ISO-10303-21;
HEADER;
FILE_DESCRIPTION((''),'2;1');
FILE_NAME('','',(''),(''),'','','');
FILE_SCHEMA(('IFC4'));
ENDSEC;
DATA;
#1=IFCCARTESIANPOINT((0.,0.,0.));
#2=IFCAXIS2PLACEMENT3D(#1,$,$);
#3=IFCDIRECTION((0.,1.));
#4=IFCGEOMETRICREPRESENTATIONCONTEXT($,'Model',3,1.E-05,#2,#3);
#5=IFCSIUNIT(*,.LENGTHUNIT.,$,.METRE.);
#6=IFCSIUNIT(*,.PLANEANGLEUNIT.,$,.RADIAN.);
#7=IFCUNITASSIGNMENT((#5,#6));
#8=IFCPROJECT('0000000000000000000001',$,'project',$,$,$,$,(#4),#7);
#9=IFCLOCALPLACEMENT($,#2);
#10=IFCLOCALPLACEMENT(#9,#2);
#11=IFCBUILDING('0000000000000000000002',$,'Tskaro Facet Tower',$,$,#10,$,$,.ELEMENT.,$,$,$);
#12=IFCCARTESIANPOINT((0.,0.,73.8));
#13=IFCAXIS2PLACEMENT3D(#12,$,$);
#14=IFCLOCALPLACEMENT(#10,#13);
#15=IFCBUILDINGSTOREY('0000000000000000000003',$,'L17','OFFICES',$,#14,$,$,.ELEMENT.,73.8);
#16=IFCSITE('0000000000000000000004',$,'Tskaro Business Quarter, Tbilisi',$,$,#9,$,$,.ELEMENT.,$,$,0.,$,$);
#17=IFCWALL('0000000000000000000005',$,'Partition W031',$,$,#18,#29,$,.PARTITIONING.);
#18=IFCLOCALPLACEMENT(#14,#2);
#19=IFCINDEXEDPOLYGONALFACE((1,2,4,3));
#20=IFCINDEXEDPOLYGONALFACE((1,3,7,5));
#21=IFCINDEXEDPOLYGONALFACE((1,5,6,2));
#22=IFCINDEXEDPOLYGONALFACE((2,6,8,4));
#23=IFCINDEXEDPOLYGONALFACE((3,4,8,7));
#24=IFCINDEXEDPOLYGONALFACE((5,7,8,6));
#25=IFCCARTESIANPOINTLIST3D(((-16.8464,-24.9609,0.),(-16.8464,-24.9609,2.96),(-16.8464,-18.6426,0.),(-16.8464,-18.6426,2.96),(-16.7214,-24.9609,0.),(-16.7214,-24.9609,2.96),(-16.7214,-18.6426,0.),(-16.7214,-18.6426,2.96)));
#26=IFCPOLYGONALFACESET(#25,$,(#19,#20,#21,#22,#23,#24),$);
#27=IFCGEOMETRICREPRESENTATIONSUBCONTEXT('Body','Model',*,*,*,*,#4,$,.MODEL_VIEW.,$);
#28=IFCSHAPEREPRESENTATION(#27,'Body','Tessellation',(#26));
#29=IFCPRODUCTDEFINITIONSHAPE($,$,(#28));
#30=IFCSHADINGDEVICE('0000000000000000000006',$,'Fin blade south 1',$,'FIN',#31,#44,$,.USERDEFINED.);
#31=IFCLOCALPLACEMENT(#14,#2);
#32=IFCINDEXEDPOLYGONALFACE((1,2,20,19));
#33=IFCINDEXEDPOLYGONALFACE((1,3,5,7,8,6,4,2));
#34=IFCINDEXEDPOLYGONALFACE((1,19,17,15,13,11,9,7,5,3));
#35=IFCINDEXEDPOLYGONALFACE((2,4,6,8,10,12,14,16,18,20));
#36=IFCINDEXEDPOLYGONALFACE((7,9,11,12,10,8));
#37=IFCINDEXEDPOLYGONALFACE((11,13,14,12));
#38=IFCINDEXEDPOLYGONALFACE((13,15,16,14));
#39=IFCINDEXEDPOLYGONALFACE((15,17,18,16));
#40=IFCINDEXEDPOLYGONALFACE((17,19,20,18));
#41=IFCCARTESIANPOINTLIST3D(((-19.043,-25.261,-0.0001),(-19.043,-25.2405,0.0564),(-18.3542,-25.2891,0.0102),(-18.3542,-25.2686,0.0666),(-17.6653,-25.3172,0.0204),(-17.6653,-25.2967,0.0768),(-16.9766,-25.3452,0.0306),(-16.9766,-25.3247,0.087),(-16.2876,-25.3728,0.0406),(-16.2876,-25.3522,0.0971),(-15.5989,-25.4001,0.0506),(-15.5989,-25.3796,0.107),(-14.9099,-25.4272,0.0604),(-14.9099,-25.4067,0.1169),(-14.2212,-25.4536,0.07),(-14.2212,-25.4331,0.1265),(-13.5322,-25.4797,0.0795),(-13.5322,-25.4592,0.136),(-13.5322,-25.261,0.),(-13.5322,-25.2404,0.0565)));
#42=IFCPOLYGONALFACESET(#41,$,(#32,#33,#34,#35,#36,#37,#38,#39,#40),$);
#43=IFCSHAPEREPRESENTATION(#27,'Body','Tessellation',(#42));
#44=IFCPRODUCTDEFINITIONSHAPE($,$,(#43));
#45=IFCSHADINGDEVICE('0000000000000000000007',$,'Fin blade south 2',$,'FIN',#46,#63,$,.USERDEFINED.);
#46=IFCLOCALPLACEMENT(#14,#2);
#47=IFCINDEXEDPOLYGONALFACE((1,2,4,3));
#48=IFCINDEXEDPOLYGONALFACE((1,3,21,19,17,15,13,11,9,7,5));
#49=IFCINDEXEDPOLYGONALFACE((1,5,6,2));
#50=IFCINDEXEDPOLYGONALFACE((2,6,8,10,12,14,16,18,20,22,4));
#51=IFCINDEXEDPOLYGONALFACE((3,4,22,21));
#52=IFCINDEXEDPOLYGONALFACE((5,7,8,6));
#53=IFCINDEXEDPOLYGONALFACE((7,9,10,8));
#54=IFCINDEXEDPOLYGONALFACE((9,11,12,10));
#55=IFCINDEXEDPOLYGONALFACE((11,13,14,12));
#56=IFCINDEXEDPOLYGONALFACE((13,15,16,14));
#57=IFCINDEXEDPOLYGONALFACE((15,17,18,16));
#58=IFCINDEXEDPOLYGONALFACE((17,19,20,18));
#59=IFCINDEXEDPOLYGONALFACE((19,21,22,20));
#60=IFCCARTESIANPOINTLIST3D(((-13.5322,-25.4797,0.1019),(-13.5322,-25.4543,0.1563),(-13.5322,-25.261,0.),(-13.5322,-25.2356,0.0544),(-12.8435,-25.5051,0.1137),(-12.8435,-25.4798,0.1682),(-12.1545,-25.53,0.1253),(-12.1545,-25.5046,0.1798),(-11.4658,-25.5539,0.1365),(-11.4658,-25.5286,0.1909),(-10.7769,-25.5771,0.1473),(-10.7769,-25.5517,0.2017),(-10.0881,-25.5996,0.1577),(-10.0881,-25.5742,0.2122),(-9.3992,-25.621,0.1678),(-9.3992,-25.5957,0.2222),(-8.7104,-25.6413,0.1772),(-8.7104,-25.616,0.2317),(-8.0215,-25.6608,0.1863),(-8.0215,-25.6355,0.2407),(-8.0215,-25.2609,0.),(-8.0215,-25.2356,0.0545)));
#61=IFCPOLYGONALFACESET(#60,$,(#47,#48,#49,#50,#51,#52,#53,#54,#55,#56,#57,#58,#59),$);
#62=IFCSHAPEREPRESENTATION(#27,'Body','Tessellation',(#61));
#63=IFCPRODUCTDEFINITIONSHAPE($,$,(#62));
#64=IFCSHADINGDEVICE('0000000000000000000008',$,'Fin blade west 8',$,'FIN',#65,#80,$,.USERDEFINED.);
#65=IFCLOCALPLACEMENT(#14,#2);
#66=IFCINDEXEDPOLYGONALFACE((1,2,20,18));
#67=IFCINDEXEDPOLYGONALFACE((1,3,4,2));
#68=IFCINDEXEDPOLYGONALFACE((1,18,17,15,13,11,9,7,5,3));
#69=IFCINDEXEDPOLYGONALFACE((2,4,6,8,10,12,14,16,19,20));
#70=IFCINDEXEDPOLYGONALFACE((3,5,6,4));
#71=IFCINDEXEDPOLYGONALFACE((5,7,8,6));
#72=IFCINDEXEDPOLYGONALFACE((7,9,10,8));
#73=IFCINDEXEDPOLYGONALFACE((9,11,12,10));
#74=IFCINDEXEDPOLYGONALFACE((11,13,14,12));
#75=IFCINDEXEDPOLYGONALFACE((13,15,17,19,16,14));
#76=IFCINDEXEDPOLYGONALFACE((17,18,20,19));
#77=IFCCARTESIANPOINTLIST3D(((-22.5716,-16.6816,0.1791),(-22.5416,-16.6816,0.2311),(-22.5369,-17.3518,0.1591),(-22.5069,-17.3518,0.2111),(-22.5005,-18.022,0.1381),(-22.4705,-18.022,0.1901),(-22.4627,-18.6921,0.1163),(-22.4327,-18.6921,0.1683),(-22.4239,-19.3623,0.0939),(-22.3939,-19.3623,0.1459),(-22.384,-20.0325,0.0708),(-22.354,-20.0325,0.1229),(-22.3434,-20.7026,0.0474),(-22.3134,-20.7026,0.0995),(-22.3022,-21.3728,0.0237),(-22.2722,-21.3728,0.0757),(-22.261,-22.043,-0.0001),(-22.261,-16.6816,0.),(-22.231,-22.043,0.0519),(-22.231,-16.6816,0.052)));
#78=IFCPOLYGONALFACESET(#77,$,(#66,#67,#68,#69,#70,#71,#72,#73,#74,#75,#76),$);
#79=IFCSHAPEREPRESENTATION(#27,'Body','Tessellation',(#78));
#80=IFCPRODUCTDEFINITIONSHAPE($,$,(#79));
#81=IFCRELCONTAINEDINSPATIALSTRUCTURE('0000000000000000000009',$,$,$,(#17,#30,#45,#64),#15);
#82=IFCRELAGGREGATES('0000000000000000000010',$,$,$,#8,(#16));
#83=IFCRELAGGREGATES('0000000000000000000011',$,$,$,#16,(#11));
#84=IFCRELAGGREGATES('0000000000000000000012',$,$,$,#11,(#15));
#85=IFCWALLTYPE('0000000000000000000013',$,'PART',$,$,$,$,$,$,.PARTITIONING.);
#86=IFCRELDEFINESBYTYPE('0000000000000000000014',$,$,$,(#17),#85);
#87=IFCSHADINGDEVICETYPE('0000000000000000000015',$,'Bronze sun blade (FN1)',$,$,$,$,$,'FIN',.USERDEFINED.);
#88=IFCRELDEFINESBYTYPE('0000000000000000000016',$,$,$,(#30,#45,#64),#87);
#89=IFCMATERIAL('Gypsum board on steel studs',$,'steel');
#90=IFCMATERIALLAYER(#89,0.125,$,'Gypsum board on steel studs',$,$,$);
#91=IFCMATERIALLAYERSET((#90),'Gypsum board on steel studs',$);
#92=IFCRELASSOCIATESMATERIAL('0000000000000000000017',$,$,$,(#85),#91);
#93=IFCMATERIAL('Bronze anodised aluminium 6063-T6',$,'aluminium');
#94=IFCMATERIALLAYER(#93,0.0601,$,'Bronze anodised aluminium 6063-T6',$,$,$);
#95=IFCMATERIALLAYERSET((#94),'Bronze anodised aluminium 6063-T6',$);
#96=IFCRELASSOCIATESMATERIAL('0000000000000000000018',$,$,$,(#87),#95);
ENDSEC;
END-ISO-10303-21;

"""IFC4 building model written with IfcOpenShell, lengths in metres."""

from ifc_helpers import new_model, si_unit, direction, frame, frame_2d, origin, place, context, subcontext, project, spatial, polyline, rectangle, outline, extrude, material, layer, layer_set, type_object, element, save


model = new_model("IFC4")

# Units and contexts
model_context = context("Model", 3, precision=1e-05, world=origin(), true_north=direction((0.0, 1.0)))
body_context = subcontext(model_context, "Body", "Model", "MODEL_VIEW")
ifc_project = project(units=[si_unit("LENGTHUNIT", "METRE"), si_unit("PLANEANGLEUNIT", "RADIAN")], contexts=[model_context])

# Site, building, storey
site_placement = place(None, origin())
site = spatial("IfcSite", under=ifc_project, at=site_placement, Name="Tskaro Business Quarter, Tbilisi", CompositionType="ELEMENT", RefElevation=0.0)
building_placement = place(site_placement, origin())
building = spatial("IfcBuilding", under=site, at=building_placement, Name="Tskaro Facet Tower", CompositionType="ELEMENT")
storey_placement = place(building_placement, frame((0.0, 0.0, 73.8)))
storey = spatial("IfcBuildingStorey", under=building, at=storey_placement, Name="L17", Description="OFFICES", CompositionType="ELEMENT", Elevation=73.8)

# Shared definitions
ifc_material_1 = material(Name="Bronze anodised aluminium 6063-T6", Category="aluminium")

# Wall
ifc_material_2 = material(Name="Gypsum board on steel studs", Category="steel")
ifc_layer_1 = layer(ifc_material_2, 0.125, Name="Gypsum board on steel studs")
ifc_layer_set_1 = layer_set([ifc_layer_1], Name="Gypsum board on steel studs")
wall_type = type_object("IfcWallType", Name="PART", PredefinedType="PARTITIONING", material=ifc_layer_set_1)
wall_placement = place(storey_placement, frame((-16.7839, -24.9609, 0.0), z_axis=(0.0, 0.0, 1.0), x_axis=(0.0, 1.0, 0.0)))
element("IfcWall", 1, at=wall_placement, inside=storey, type_object=wall_type, Name="Partition W031", PredefinedType="PARTITIONING", context=body_context, shape_type="SweptSolid", body=[
    extrude(rectangle(XDim=6.3184, YDim=0.125, at=frame_2d((3.1592, 0.0))), origin(), (0.0, 0.0, 1.0), 2.96),
])

# Shading devices
ifc_layer_2 = layer(ifc_material_1, 0.0601, Name="Bronze anodised aluminium 6063-T6")
ifc_layer_set_2 = layer_set([ifc_layer_2], Name="Bronze anodised aluminium 6063-T6")
shading_device_type = type_object("IfcShadingDeviceType", Name="Bronze sun blade (FN1)", ElementType="FIN", PredefinedType="USERDEFINED", material=ifc_layer_set_2)
shading_device_1_placement = place(storey_placement, frame((-19.043, -25.2405, 0.0564), z_axis=(-0.000019, 0.341473, 0.939891), x_axis=(1.0, 0.000007, 0.000018)))
element("IfcShadingDevice", 2, at=shading_device_1_placement, inside=storey, type_object=shading_device_type, Name="Fin blade south 1", ObjectType="FIN", PredefinedType="USERDEFINED", context=body_context, shape_type="SweptSolid", body=[
    extrude(outline(polyline([(0.0, 0.0), (5.5107, 0.0), (5.5107, -0.2328), (4.8218, -0.205), (4.1331, -0.1769), (3.4441, -0.1481), (2.7554, -0.1189), (2.0664, -0.0896), (1.3777, -0.0598), (0.6887, -0.0299), (0.0, 0.0)])), origin(), (0.0, 0.0, -1.0), 0.0601),
])
shading_device_2_placement = place(storey_placement, frame((-13.5322, -25.2356, 0.0544), z_axis=(-0.000006, 0.422219, 0.906494), x_axis=(1.0, 0.000003, 0.000006)))
element("IfcShadingDevice", 3, at=shading_device_2_placement, inside=storey, type_object=shading_device_type, Name="Fin blade south 2", ObjectType="FIN", PredefinedType="USERDEFINED", context=body_context, shape_type="SweptSolid", body=[
    extrude(outline(polyline([(0.0, 0.0), (5.5107, 0.0), (5.5107, -0.4412), (4.8218, -0.4196), (4.1331, -0.3973), (3.4441, -0.3735), (2.7554, -0.3488), (2.0664, -0.3232), (1.3777, -0.2968), (0.6887, -0.2693), (0.0, -0.2413), (0.0, 0.0)])), origin(), (0.0, 0.0, -1.0), 0.0601),
])
shading_device_3_placement = place(storey_placement, frame((-22.231, -16.6816, 0.052), z_axis=(0.499546, -0.000021, 0.866287), x_axis=(-0.00001, -1.0, -0.000018)))
element("IfcShadingDevice", 4, at=shading_device_3_placement, inside=storey, type_object=shading_device_type, Name="Fin blade west 8", ObjectType="FIN", PredefinedType="USERDEFINED", context=body_context, shape_type="SweptSolid", body=[
    extrude(outline(polyline([(0.0, 0.0), (5.3613, 0.0), (4.6912, -0.0476), (4.021, -0.0951), (3.3508, -0.142), (2.6807, -0.188), (2.0105, -0.2329), (1.3403, -0.2765), (0.6702, -0.3185), (0.0, -0.3585), (0.0, 0.0)])), origin(), (0.0, 0.0, -1.0), 0.0601),
])

save(model, "model.ifc")
